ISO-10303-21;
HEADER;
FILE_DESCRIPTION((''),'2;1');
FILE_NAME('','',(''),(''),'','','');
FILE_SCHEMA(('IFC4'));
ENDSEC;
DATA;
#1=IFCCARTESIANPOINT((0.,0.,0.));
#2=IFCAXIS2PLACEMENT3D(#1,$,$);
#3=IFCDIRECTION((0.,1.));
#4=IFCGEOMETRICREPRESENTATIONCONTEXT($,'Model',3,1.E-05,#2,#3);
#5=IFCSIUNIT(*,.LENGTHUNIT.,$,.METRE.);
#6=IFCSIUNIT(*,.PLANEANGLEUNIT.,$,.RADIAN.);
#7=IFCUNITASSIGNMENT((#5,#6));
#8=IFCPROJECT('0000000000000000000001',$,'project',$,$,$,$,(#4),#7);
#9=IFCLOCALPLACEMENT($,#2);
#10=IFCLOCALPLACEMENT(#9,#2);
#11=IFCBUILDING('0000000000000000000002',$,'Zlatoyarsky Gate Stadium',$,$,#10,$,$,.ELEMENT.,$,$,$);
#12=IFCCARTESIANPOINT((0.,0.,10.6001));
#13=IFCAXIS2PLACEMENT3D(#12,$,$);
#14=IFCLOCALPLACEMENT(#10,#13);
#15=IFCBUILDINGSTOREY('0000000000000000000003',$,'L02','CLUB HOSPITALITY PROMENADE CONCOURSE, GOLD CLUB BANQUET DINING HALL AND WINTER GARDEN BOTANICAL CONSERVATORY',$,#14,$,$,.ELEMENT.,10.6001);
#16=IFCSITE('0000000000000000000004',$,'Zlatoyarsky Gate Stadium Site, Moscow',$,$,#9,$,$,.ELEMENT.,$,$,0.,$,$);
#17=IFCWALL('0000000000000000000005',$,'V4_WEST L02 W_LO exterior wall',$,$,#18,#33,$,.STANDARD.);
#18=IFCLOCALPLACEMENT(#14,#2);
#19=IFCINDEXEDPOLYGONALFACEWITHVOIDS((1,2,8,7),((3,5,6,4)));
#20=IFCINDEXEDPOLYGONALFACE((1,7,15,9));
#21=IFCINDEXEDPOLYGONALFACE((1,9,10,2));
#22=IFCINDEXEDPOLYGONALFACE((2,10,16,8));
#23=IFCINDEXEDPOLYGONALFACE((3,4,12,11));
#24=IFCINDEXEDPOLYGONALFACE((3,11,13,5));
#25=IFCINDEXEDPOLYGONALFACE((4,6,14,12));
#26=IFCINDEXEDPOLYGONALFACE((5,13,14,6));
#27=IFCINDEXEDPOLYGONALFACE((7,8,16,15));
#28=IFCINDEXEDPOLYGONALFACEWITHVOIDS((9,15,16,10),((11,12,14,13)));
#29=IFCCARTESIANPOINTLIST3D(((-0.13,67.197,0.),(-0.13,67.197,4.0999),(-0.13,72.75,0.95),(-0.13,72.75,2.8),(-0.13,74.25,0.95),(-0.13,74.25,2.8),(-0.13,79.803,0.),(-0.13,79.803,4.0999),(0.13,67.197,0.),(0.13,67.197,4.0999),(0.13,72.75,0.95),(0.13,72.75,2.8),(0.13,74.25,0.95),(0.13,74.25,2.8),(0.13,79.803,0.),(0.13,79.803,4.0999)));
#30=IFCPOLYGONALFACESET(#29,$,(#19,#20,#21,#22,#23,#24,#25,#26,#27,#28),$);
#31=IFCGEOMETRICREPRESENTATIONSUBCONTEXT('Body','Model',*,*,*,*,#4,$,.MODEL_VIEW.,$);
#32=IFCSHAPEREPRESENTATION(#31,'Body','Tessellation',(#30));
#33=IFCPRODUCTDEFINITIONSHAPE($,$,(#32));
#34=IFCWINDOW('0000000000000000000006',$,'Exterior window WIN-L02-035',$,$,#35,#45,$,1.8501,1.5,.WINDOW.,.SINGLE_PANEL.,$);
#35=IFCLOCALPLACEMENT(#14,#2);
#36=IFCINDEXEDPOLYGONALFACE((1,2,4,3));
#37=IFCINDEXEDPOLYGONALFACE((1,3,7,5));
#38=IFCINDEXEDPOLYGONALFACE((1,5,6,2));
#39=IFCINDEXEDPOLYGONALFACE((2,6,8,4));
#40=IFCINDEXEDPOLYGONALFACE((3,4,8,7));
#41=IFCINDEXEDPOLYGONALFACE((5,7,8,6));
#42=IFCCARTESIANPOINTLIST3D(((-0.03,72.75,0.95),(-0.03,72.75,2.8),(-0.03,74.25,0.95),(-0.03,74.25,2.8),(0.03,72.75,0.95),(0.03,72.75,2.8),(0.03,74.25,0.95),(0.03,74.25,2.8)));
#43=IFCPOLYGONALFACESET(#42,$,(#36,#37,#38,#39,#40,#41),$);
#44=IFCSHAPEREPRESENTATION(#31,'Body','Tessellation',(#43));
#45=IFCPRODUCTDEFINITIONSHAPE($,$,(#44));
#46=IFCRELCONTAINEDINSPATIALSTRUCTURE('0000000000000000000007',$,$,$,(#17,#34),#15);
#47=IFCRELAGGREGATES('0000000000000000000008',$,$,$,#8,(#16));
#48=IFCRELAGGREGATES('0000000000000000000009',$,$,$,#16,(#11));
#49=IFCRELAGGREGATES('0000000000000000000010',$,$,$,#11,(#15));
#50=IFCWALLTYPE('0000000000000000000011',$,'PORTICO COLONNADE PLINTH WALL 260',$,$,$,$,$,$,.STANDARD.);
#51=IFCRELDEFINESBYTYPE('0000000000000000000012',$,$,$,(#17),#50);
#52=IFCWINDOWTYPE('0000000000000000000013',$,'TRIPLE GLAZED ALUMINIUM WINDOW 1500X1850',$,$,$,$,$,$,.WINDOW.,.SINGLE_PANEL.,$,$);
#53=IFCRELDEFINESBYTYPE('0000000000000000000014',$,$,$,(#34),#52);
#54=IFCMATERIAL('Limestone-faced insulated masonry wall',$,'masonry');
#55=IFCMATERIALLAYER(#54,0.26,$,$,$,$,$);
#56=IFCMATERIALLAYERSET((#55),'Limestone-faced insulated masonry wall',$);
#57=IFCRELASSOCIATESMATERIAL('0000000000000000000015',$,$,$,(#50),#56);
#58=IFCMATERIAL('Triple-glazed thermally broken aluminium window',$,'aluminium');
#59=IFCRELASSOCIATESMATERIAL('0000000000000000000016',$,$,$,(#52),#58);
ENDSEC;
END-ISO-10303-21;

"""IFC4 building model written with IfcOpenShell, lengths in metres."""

from ifc_helpers import new_model, si_unit, direction, frame, frame_2d, origin, place, context, subcontext, project, spatial, rectangle, extrude, material, layer, layer_set, type_object, element, fill, save


model = new_model("IFC4")

# Units and contexts
model_context = context("Model", 3, precision=1e-05, world=origin(), true_north=direction((0.0, 1.0)))
body_context = subcontext(model_context, "Body", "Model", "MODEL_VIEW")
ifc_project = project(units=[si_unit("LENGTHUNIT", "METRE"), si_unit("PLANEANGLEUNIT", "RADIAN")], contexts=[model_context])

# Site, building, storey
site_placement = place(None, origin())
site = spatial("IfcSite", under=ifc_project, at=site_placement, Name="Zlatoyarsky Gate Stadium Site, Moscow", CompositionType="ELEMENT", RefElevation=0.0)
building_placement = place(site_placement, origin())
building = spatial("IfcBuilding", under=site, at=building_placement, Name="Zlatoyarsky Gate Stadium", CompositionType="ELEMENT")
storey_placement = place(building_placement, frame((0.0, 0.0, 10.6001)))
storey = spatial("IfcBuildingStorey", under=building, at=storey_placement, Name="L02", Description="CLUB HOSPITALITY PROMENADE CONCOURSE, GOLD CLUB BANQUET DINING HALL AND WINTER GARDEN BOTANICAL CONSERVATORY", CompositionType="ELEMENT", Elevation=10.6001)

# Wall, opening, window
ifc_material_1 = material(Name="Limestone-faced insulated masonry wall", Category="masonry")
ifc_layer_1 = layer(ifc_material_1, 0.26)
ifc_layer_set_1 = layer_set([ifc_layer_1], Name="Limestone-faced insulated masonry wall")
wall_type = type_object("IfcWallType", Name="PORTICO COLONNADE PLINTH WALL 260", PredefinedType="STANDARD", material=ifc_layer_set_1)
wall_placement = place(storey_placement, frame((0.0, 67.197, 0.0), z_axis=(0.0, 0.0, 1.0), x_axis=(0.0, 1.0, 0.0)))
wall = element("IfcWall", 1, at=wall_placement, inside=storey, type_object=wall_type, Name="V4_WEST L02 W_LO exterior wall", PredefinedType="STANDARD", context=body_context, shape_type="SweptSolid", body=[
    extrude(rectangle(XDim=12.606, YDim=0.26, at=frame_2d((6.303, 0.0))), origin(), (0.0, 0.0, 1.0), 4.0999),
])
opening_placement = place(wall_placement, frame((5.553, 0.0, 0.95)))
opening = element("IfcOpeningElement", 2, at=opening_placement, cuts=wall, PredefinedType="OPENING", context=body_context, shape_type="SweptSolid", body=[
    extrude(rectangle(XDim=1.5, YDim=1.8501, at=frame_2d((0.75, 0.925))), frame((0.0, 0.1399, 0.0), z_axis=(0.0, -1.0, 0.0), x_axis=(1.0, 0.0, 0.0)), (0.0, 0.0, 1.0), 0.28),
])
ifc_material_2 = material(Name="Triple-glazed thermally broken aluminium window", Category="aluminium")
window_type = type_object("IfcWindowType", Name="TRIPLE GLAZED ALUMINIUM WINDOW 1500X1850", PartitioningType="SINGLE_PANEL", PredefinedType="WINDOW", material=ifc_material_2)
window_placement = place(opening_placement, origin())
window = element("IfcWindow", 3, at=window_placement, inside=storey, type_object=window_type, Name="Exterior window WIN-L02-035", OverallHeight=1.8501, OverallWidth=1.5, PartitioningType="SINGLE_PANEL", PredefinedType="WINDOW", context=body_context, shape_type="SweptSolid", body=[
    extrude(rectangle(XDim=1.5, YDim=1.8501, at=frame_2d((0.75, 0.925))), frame((0.0, 0.03, 0.0), z_axis=(0.0, -1.0, 0.0), x_axis=(1.0, 0.0, 0.0)), (0.0, 0.0, 1.0), 0.0601),
])
fill(opening, window)

save(model, "model.ifc")
